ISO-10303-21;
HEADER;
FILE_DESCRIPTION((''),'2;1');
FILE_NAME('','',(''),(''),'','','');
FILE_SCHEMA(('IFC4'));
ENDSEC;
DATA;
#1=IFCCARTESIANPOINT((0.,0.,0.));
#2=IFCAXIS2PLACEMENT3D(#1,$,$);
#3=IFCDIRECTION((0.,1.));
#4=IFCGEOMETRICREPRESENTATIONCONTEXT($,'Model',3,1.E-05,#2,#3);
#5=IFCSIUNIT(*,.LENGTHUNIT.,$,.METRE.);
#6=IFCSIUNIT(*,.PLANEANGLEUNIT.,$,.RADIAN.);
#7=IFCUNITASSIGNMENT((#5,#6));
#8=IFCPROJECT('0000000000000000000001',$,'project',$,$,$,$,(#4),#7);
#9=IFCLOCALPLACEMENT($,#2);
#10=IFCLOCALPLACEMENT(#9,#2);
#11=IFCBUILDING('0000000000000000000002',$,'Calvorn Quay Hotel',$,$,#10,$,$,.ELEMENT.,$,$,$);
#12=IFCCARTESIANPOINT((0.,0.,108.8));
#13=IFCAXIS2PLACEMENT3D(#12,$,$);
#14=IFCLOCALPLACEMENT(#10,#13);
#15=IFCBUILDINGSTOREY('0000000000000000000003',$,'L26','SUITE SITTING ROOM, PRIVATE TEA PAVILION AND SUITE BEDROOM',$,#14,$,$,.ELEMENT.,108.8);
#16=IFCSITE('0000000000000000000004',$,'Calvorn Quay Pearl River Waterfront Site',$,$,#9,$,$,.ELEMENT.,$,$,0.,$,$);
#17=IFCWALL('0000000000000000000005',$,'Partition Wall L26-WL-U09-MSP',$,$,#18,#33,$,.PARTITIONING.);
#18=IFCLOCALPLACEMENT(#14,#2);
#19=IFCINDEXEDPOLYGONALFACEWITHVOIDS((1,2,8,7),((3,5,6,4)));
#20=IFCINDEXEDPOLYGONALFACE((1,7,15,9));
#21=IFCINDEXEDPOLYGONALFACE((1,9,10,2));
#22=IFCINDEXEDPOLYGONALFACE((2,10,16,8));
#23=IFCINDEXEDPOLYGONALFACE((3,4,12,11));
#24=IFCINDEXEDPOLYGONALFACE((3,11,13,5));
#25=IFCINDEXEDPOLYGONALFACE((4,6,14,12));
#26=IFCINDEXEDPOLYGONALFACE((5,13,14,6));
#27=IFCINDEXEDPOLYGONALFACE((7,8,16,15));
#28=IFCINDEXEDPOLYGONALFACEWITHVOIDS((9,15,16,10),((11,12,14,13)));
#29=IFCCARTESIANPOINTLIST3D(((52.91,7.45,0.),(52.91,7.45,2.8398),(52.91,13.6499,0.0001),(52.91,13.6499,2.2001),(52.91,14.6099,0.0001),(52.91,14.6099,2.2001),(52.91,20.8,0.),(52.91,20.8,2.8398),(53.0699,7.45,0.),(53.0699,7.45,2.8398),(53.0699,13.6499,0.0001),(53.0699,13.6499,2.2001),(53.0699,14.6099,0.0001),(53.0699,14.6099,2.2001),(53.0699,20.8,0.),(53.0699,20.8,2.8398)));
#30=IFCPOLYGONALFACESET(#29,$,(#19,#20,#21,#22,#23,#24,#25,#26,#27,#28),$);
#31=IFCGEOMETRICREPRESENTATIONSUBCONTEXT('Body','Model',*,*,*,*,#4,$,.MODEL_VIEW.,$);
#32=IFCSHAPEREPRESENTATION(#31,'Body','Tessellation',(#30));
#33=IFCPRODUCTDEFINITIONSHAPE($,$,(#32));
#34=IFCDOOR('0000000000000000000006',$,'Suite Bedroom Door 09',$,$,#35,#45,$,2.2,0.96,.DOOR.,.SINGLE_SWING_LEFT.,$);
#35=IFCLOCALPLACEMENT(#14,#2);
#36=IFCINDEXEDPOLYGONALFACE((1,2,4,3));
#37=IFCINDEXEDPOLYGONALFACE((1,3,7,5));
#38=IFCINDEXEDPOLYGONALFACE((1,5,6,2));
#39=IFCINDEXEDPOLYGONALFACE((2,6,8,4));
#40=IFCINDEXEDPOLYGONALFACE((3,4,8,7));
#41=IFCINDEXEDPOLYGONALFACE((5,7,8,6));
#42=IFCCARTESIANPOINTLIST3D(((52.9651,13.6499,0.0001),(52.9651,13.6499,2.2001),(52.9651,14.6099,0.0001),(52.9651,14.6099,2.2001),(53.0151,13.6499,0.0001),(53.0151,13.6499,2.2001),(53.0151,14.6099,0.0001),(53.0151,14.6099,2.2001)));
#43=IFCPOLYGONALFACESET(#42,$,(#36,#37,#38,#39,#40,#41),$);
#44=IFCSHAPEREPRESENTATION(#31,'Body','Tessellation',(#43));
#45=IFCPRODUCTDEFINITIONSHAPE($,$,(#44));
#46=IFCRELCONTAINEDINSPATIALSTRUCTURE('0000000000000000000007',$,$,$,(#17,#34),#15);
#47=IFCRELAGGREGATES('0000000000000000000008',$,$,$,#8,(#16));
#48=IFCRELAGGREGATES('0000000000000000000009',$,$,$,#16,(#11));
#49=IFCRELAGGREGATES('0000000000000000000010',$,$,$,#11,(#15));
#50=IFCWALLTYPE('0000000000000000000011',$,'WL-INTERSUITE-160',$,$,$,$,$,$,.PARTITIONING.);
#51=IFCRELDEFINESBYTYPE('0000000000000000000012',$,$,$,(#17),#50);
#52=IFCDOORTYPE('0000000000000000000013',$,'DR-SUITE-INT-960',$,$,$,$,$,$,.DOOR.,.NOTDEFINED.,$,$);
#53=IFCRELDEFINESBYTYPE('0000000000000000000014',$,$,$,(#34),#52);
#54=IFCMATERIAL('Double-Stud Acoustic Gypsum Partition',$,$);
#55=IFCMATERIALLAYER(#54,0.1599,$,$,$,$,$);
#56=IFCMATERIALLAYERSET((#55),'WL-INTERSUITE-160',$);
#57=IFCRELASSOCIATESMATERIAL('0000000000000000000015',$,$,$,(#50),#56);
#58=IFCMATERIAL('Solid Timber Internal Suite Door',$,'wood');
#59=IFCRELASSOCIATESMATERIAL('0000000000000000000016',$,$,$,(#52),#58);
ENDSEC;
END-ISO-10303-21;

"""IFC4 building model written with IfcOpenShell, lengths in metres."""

from ifc_helpers import new_model, si_unit, direction, frame, frame_2d, origin, place, context, subcontext, project, spatial, rectangle, extrude, material, layer, layer_set, type_object, element, fill, save


model = new_model("IFC4")

# Units and contexts
model_context = context("Model", 3, precision=1e-05, world=origin(), true_north=direction((0.0, 1.0)))
body_context = subcontext(model_context, "Body", "Model", "MODEL_VIEW")
ifc_project = project(units=[si_unit("LENGTHUNIT", "METRE"), si_unit("PLANEANGLEUNIT", "RADIAN")], contexts=[model_context])

# Site, building, storey
site_placement = place(None, origin())
site = spatial("IfcSite", under=ifc_project, at=site_placement, Name="Calvorn Quay Pearl River Waterfront Site", CompositionType="ELEMENT", RefElevation=0.0)
building_placement = place(site_placement, origin())
building = spatial("IfcBuilding", under=site, at=building_placement, Name="Calvorn Quay Hotel", CompositionType="ELEMENT")
storey_placement = place(building_placement, frame((0.0, 0.0, 108.8)))
storey = spatial("IfcBuildingStorey", under=building, at=storey_placement, Name="L26", Description="SUITE SITTING ROOM, PRIVATE TEA PAVILION AND SUITE BEDROOM", CompositionType="ELEMENT", Elevation=108.8)

# Wall, opening, door
ifc_material_1 = material(Name="Double-Stud Acoustic Gypsum Partition")
ifc_layer_1 = layer(ifc_material_1, 0.1599)
ifc_layer_set_1 = layer_set([ifc_layer_1], Name="WL-INTERSUITE-160")
wall_type_1 = type_object("IfcWallType", Name="WL-INTERSUITE-160", PredefinedType="PARTITIONING", material=ifc_layer_set_1)
wall_1_placement = place(storey_placement, frame((52.99, 7.45, 0.0), z_axis=(0.0, 0.0, 1.0), x_axis=(0.0, 1.0, 0.0)))
wall_1 = element("IfcWall", 1, at=wall_1_placement, inside=storey, type_object=wall_type_1, Name="Partition Wall L26-WL-U09-MSP", PredefinedType="PARTITIONING", context=body_context, shape_type="SweptSolid", body=[
    extrude(rectangle(XDim=13.3501, YDim=0.1599, at=frame_2d((6.675, 0.0))), origin(), (0.0, 0.0, 1.0), 2.8398),
])
opening_1_placement = place(wall_1_placement, frame((6.2, 0.0, 0.0)))
opening_1 = element("IfcOpeningElement", 2, at=opening_1_placement, cuts=wall_1, PredefinedType="OPENING", context=body_context, shape_type="SweptSolid", body=[
    extrude(rectangle(XDim=0.96, YDim=2.2, at=frame_2d((0.48, 1.1001))), frame((0.0, 0.0898, 0.0), z_axis=(0.0, -1.0, 0.0), x_axis=(1.0, 0.0, 0.0)), (0.0, 0.0, 1.0), 0.1799),
])
ifc_material_2 = material(Name="Solid Timber Internal Suite Door", Category="wood")
door_type_1 = type_object("IfcDoorType", Name="DR-SUITE-INT-960", OperationType="NOTDEFINED", PredefinedType="DOOR", material=ifc_material_2)
door_1_placement = place(opening_1_placement, origin())
door_1 = element("IfcDoor", 3, at=door_1_placement, inside=storey, type_object=door_type_1, Name="Suite Bedroom Door 09", OperationType="SINGLE_SWING_LEFT", OverallHeight=2.2, OverallWidth=0.96, PredefinedType="DOOR", context=body_context, shape_type="SweptSolid", body=[
    extrude(rectangle(XDim=0.96, YDim=2.2, at=frame_2d((0.48, 1.1001))), frame((0.0, 0.0249, 0.0), z_axis=(0.0, -1.0, 0.0), x_axis=(1.0, 0.0, 0.0)), (0.0, 0.0, 1.0), 0.05),
])
fill(opening_1, door_1)

save(model, "model.ifc")
